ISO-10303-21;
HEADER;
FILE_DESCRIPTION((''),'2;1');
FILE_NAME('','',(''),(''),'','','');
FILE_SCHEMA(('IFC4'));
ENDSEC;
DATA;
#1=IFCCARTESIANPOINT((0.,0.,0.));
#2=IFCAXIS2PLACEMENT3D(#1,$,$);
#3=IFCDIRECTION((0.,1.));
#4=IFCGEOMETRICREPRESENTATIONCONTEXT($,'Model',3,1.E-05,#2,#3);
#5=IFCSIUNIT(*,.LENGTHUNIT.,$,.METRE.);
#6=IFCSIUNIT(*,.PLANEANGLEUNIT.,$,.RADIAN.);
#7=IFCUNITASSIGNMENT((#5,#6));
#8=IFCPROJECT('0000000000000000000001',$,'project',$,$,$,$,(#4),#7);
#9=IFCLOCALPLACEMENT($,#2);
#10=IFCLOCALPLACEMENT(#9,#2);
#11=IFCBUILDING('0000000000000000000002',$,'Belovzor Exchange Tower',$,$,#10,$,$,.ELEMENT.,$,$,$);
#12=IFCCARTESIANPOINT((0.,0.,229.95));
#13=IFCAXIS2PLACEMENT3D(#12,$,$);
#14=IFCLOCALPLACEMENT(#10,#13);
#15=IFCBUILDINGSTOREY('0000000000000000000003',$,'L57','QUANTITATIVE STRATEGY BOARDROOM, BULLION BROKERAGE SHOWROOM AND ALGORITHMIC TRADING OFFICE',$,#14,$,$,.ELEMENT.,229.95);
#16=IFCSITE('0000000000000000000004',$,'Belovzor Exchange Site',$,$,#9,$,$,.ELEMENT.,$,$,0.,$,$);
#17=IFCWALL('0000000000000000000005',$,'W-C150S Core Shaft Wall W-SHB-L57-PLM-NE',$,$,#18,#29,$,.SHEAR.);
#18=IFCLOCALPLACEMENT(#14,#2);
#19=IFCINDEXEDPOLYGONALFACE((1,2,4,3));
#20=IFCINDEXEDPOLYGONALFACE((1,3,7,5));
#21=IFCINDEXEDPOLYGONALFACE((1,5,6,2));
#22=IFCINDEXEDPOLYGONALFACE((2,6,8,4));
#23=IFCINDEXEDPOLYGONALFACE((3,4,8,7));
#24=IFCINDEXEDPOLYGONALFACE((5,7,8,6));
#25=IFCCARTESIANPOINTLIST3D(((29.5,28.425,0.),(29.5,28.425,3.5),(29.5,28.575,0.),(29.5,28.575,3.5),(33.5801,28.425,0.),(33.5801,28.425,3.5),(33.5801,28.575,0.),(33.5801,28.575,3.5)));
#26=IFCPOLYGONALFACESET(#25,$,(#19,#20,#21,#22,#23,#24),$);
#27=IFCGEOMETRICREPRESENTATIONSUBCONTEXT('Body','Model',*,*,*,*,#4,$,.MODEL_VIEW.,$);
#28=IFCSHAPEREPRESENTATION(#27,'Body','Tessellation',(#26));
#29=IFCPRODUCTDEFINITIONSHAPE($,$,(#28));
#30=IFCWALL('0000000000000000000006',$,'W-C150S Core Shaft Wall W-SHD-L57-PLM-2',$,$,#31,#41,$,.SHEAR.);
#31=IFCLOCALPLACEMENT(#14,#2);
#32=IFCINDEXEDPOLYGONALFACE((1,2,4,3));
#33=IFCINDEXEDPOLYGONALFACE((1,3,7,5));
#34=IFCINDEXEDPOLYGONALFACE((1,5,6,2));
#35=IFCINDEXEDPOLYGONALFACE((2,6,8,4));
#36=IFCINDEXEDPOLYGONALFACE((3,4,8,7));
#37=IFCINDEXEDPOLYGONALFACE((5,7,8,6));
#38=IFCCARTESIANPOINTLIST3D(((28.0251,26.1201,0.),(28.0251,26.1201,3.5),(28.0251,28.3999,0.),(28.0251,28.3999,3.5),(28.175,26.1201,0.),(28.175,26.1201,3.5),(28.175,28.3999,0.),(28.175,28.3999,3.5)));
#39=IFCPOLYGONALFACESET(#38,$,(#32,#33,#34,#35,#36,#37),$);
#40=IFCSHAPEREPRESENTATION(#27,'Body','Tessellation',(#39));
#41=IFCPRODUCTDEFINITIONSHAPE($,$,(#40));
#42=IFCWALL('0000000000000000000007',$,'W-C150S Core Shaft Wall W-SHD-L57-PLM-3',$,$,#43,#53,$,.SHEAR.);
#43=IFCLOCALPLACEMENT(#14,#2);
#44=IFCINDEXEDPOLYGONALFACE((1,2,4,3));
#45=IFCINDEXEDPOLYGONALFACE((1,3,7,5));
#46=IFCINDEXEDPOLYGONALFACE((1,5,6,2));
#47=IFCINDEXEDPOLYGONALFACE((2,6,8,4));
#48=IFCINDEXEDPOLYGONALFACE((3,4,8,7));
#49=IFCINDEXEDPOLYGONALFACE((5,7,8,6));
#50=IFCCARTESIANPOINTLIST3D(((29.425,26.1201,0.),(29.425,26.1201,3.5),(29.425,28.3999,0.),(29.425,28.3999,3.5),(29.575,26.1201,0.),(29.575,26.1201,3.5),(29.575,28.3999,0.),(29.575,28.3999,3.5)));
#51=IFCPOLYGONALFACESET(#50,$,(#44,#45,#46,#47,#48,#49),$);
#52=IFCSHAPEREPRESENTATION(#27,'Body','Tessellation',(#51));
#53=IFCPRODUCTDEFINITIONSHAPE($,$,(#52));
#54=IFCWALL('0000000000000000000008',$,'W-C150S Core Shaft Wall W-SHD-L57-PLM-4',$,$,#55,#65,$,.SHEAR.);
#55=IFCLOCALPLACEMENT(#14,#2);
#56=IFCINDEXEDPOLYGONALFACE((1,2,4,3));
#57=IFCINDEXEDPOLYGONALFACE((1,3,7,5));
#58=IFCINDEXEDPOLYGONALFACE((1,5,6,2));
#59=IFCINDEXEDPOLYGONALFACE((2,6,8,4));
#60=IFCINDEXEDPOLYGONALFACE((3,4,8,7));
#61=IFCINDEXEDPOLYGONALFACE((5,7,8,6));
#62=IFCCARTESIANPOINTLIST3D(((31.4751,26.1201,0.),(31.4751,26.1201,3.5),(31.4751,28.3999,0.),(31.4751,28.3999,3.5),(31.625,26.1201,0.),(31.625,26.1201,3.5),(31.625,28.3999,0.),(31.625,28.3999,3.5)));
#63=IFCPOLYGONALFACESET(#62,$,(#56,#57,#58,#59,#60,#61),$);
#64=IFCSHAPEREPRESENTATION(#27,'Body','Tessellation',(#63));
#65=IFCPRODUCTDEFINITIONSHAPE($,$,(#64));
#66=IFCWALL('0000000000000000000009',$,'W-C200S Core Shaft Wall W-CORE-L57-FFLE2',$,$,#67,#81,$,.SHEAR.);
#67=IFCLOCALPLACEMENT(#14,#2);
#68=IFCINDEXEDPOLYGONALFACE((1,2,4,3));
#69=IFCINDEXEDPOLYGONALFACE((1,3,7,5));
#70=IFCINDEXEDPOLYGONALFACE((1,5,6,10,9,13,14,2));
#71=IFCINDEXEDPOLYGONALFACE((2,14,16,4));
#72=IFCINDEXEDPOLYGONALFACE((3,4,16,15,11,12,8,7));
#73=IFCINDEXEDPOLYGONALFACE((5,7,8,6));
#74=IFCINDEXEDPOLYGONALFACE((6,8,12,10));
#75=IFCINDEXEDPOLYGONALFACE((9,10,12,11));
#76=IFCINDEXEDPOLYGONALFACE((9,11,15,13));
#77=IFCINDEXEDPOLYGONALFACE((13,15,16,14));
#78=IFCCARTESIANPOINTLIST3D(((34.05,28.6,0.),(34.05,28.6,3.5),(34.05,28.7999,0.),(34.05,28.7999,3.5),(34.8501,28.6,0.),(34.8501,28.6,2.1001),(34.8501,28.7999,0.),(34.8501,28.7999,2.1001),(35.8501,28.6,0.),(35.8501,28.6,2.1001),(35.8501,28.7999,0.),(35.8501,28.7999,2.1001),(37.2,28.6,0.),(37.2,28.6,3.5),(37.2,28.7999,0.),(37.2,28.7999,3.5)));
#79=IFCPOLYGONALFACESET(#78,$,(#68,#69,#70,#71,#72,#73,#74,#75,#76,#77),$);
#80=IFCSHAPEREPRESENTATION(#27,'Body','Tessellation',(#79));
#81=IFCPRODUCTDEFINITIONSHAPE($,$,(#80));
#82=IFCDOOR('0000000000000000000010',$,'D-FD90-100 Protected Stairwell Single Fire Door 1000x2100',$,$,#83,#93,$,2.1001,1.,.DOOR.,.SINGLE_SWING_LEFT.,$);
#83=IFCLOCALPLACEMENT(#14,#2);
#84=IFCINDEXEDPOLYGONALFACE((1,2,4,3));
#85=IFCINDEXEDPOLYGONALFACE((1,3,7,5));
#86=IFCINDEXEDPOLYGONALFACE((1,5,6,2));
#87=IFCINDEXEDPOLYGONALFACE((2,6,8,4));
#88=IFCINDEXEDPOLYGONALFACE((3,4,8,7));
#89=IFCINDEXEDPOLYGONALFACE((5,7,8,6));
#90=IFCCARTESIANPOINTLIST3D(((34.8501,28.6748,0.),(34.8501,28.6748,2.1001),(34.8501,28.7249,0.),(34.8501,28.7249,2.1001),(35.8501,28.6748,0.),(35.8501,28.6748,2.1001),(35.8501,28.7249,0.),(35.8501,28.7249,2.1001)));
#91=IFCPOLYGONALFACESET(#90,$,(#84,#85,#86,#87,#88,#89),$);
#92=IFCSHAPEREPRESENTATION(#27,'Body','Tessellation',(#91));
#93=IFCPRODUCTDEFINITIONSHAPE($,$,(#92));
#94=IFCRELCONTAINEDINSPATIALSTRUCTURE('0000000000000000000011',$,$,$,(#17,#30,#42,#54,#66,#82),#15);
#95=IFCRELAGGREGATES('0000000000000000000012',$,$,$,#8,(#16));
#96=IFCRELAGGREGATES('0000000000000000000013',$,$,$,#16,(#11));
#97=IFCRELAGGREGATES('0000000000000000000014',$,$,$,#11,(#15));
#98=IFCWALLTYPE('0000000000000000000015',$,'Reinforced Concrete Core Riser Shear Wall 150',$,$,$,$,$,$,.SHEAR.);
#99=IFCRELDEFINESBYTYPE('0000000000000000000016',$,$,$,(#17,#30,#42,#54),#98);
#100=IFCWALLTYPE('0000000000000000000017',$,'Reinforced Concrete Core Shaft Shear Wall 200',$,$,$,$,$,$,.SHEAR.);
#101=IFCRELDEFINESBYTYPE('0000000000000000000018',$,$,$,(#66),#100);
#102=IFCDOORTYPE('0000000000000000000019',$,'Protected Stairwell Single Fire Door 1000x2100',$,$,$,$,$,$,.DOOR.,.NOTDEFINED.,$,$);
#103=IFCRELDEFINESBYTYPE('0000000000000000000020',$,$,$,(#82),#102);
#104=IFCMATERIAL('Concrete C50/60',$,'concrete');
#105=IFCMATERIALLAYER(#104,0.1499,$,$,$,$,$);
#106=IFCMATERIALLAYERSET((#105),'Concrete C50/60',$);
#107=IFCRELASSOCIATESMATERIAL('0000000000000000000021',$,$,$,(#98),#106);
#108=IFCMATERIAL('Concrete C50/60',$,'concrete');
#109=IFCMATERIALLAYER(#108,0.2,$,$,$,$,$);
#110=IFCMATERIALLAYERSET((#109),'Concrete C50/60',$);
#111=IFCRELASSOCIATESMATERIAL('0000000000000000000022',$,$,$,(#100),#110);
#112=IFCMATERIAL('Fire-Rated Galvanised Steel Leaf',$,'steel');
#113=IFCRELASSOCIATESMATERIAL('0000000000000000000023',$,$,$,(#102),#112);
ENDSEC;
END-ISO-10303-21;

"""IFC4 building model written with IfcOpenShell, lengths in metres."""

from ifc_helpers import new_model, si_unit, direction, frame, frame_2d, origin, place, context, subcontext, project, spatial, rectangle, extrude, material, layer, layer_set, type_object, element, fill, save


model = new_model("IFC4")

# Units and contexts
model_context = context("Model", 3, precision=1e-05, world=origin(), true_north=direction((0.0, 1.0)))
body_context = subcontext(model_context, "Body", "Model", "MODEL_VIEW")
ifc_project = project(units=[si_unit("LENGTHUNIT", "METRE"), si_unit("PLANEANGLEUNIT", "RADIAN")], contexts=[model_context])

# Site, building, storey
site_placement = place(None, origin())
site = spatial("IfcSite", under=ifc_project, at=site_placement, Name="Belovzor Exchange Site", CompositionType="ELEMENT", RefElevation=0.0)
building_placement = place(site_placement, origin())
building = spatial("IfcBuilding", under=site, at=building_placement, Name="Belovzor Exchange Tower", CompositionType="ELEMENT")
storey_placement = place(building_placement, frame((0.0, 0.0, 229.95)))
storey = spatial("IfcBuildingStorey", under=building, at=storey_placement, Name="L57", Description="QUANTITATIVE STRATEGY BOARDROOM, BULLION BROKERAGE SHOWROOM AND ALGORITHMIC TRADING OFFICE", CompositionType="ELEMENT", Elevation=229.95)

# Walls
ifc_material_1 = material(Name="Concrete C50/60", Category="concrete")
ifc_layer_1 = layer(ifc_material_1, 0.1499)
ifc_layer_set_1 = layer_set([ifc_layer_1], Name="Concrete C50/60")
wall_type_1 = type_object("IfcWallType", Name="Reinforced Concrete Core Riser Shear Wall 150", PredefinedType="SHEAR", material=ifc_layer_set_1)
wall_1_placement = place(storey_placement, frame((29.5, 28.5, 0.0), z_axis=(0.0, 0.0, 1.0), x_axis=(1.0, 0.0, 0.0)))
element("IfcWall", 1, at=wall_1_placement, inside=storey, type_object=wall_type_1, Name="W-C150S Core Shaft Wall W-SHB-L57-PLM-NE", PredefinedType="SHEAR", context=body_context, shape_type="SweptSolid", body=[
    extrude(rectangle(XDim=4.0801, YDim=0.1499, at=frame_2d((2.04, 0.0))), origin(), (0.0, 0.0, 1.0), 3.5),
])
for number, where, z_axis, x_axis, name in (
    (2, (28.1001, 26.1201, 0.0), (0.0, 0.0, 1.0), (0.0, 1.0, 0.0), "W-C150S Core Shaft Wall W-SHD-L57-PLM-2"),
    (3, (29.5, 26.1201, 0.0), (0.0, 0.0, 1.0), (0.0, 1.0, 0.0), "W-C150S Core Shaft Wall W-SHD-L57-PLM-3"),
    (4, (31.55, 26.1201, 0.0), (0.0, 0.0, 1.0), (0.0, 1.0, 0.0), "W-C150S Core Shaft Wall W-SHD-L57-PLM-4"),
):
    element("IfcWall", number, at=place(storey_placement, frame(where, z_axis=z_axis, x_axis=x_axis)), inside=storey, type_object=wall_type_1, Name=name, PredefinedType="SHEAR", context=body_context, shape_type="SweptSolid", body=[
        extrude(rectangle(XDim=2.2798, YDim=0.1499, at=frame_2d((1.1399, 0.0))), origin(), (0.0, 0.0, 1.0), 3.5),
    ])

# Wall, opening, door
ifc_material_2 = material(Name="Concrete C50/60", Category="concrete")
ifc_layer_2 = layer(ifc_material_2, 0.2)
ifc_layer_set_2 = layer_set([ifc_layer_2], Name="Concrete C50/60")
wall_type_2 = type_object("IfcWallType", Name="Reinforced Concrete Core Shaft Shear Wall 200", PredefinedType="SHEAR", material=ifc_layer_set_2)
wall_2_placement = place(storey_placement, frame((34.05, 28.7, 0.0), z_axis=(0.0, 0.0, 1.0), x_axis=(1.0, 0.0, 0.0)))
wall_2 = element("IfcWall", 5, at=wall_2_placement, inside=storey, type_object=wall_type_2, Name="W-C200S Core Shaft Wall W-CORE-L57-FFLE2", PredefinedType="SHEAR", context=body_context, shape_type="SweptSolid", body=[
    extrude(rectangle(XDim=3.1499, YDim=0.2, at=frame_2d((1.575, 0.0))), origin(), (0.0, 0.0, 1.0), 3.5),
])
opening_1_placement = place(wall_2_placement, frame((0.8, 0.0, 0.0)))
opening_1 = element("IfcOpeningElement", 6, at=opening_1_placement, cuts=wall_2, PredefinedType="OPENING", context=body_context, shape_type="SweptSolid", body=[
    extrude(rectangle(XDim=1.0, YDim=2.1001, at=frame_2d((0.5, 1.05))), frame((0.0, 0.1099, 0.0), z_axis=(0.0, -1.0, 0.0), x_axis=(1.0, 0.0, 0.0)), (0.0, 0.0, 1.0), 0.22),
])
ifc_material_3 = material(Name="Fire-Rated Galvanised Steel Leaf", Category="steel")
door_type_1 = type_object("IfcDoorType", Name="Protected Stairwell Single Fire Door 1000x2100", OperationType="NOTDEFINED", PredefinedType="DOOR", material=ifc_material_3)
door_1_placement = place(opening_1_placement, origin())
door_1 = element("IfcDoor", 7, at=door_1_placement, inside=storey, type_object=door_type_1, Name="D-FD90-100 Protected Stairwell Single Fire Door 1000x2100", OperationType="SINGLE_SWING_LEFT", OverallHeight=2.1001, OverallWidth=1.0, PredefinedType="DOOR", context=body_context, shape_type="SweptSolid", body=[
    extrude(rectangle(XDim=1.0, YDim=2.1001, at=frame_2d((0.5, 1.05))), frame((0.0, 0.0249, 0.0), z_axis=(0.0, -1.0, 0.0), x_axis=(1.0, 0.0, 0.0)), (0.0, 0.0, 1.0), 0.05),
])
fill(opening_1, door_1)

save(model, "model.ifc")
